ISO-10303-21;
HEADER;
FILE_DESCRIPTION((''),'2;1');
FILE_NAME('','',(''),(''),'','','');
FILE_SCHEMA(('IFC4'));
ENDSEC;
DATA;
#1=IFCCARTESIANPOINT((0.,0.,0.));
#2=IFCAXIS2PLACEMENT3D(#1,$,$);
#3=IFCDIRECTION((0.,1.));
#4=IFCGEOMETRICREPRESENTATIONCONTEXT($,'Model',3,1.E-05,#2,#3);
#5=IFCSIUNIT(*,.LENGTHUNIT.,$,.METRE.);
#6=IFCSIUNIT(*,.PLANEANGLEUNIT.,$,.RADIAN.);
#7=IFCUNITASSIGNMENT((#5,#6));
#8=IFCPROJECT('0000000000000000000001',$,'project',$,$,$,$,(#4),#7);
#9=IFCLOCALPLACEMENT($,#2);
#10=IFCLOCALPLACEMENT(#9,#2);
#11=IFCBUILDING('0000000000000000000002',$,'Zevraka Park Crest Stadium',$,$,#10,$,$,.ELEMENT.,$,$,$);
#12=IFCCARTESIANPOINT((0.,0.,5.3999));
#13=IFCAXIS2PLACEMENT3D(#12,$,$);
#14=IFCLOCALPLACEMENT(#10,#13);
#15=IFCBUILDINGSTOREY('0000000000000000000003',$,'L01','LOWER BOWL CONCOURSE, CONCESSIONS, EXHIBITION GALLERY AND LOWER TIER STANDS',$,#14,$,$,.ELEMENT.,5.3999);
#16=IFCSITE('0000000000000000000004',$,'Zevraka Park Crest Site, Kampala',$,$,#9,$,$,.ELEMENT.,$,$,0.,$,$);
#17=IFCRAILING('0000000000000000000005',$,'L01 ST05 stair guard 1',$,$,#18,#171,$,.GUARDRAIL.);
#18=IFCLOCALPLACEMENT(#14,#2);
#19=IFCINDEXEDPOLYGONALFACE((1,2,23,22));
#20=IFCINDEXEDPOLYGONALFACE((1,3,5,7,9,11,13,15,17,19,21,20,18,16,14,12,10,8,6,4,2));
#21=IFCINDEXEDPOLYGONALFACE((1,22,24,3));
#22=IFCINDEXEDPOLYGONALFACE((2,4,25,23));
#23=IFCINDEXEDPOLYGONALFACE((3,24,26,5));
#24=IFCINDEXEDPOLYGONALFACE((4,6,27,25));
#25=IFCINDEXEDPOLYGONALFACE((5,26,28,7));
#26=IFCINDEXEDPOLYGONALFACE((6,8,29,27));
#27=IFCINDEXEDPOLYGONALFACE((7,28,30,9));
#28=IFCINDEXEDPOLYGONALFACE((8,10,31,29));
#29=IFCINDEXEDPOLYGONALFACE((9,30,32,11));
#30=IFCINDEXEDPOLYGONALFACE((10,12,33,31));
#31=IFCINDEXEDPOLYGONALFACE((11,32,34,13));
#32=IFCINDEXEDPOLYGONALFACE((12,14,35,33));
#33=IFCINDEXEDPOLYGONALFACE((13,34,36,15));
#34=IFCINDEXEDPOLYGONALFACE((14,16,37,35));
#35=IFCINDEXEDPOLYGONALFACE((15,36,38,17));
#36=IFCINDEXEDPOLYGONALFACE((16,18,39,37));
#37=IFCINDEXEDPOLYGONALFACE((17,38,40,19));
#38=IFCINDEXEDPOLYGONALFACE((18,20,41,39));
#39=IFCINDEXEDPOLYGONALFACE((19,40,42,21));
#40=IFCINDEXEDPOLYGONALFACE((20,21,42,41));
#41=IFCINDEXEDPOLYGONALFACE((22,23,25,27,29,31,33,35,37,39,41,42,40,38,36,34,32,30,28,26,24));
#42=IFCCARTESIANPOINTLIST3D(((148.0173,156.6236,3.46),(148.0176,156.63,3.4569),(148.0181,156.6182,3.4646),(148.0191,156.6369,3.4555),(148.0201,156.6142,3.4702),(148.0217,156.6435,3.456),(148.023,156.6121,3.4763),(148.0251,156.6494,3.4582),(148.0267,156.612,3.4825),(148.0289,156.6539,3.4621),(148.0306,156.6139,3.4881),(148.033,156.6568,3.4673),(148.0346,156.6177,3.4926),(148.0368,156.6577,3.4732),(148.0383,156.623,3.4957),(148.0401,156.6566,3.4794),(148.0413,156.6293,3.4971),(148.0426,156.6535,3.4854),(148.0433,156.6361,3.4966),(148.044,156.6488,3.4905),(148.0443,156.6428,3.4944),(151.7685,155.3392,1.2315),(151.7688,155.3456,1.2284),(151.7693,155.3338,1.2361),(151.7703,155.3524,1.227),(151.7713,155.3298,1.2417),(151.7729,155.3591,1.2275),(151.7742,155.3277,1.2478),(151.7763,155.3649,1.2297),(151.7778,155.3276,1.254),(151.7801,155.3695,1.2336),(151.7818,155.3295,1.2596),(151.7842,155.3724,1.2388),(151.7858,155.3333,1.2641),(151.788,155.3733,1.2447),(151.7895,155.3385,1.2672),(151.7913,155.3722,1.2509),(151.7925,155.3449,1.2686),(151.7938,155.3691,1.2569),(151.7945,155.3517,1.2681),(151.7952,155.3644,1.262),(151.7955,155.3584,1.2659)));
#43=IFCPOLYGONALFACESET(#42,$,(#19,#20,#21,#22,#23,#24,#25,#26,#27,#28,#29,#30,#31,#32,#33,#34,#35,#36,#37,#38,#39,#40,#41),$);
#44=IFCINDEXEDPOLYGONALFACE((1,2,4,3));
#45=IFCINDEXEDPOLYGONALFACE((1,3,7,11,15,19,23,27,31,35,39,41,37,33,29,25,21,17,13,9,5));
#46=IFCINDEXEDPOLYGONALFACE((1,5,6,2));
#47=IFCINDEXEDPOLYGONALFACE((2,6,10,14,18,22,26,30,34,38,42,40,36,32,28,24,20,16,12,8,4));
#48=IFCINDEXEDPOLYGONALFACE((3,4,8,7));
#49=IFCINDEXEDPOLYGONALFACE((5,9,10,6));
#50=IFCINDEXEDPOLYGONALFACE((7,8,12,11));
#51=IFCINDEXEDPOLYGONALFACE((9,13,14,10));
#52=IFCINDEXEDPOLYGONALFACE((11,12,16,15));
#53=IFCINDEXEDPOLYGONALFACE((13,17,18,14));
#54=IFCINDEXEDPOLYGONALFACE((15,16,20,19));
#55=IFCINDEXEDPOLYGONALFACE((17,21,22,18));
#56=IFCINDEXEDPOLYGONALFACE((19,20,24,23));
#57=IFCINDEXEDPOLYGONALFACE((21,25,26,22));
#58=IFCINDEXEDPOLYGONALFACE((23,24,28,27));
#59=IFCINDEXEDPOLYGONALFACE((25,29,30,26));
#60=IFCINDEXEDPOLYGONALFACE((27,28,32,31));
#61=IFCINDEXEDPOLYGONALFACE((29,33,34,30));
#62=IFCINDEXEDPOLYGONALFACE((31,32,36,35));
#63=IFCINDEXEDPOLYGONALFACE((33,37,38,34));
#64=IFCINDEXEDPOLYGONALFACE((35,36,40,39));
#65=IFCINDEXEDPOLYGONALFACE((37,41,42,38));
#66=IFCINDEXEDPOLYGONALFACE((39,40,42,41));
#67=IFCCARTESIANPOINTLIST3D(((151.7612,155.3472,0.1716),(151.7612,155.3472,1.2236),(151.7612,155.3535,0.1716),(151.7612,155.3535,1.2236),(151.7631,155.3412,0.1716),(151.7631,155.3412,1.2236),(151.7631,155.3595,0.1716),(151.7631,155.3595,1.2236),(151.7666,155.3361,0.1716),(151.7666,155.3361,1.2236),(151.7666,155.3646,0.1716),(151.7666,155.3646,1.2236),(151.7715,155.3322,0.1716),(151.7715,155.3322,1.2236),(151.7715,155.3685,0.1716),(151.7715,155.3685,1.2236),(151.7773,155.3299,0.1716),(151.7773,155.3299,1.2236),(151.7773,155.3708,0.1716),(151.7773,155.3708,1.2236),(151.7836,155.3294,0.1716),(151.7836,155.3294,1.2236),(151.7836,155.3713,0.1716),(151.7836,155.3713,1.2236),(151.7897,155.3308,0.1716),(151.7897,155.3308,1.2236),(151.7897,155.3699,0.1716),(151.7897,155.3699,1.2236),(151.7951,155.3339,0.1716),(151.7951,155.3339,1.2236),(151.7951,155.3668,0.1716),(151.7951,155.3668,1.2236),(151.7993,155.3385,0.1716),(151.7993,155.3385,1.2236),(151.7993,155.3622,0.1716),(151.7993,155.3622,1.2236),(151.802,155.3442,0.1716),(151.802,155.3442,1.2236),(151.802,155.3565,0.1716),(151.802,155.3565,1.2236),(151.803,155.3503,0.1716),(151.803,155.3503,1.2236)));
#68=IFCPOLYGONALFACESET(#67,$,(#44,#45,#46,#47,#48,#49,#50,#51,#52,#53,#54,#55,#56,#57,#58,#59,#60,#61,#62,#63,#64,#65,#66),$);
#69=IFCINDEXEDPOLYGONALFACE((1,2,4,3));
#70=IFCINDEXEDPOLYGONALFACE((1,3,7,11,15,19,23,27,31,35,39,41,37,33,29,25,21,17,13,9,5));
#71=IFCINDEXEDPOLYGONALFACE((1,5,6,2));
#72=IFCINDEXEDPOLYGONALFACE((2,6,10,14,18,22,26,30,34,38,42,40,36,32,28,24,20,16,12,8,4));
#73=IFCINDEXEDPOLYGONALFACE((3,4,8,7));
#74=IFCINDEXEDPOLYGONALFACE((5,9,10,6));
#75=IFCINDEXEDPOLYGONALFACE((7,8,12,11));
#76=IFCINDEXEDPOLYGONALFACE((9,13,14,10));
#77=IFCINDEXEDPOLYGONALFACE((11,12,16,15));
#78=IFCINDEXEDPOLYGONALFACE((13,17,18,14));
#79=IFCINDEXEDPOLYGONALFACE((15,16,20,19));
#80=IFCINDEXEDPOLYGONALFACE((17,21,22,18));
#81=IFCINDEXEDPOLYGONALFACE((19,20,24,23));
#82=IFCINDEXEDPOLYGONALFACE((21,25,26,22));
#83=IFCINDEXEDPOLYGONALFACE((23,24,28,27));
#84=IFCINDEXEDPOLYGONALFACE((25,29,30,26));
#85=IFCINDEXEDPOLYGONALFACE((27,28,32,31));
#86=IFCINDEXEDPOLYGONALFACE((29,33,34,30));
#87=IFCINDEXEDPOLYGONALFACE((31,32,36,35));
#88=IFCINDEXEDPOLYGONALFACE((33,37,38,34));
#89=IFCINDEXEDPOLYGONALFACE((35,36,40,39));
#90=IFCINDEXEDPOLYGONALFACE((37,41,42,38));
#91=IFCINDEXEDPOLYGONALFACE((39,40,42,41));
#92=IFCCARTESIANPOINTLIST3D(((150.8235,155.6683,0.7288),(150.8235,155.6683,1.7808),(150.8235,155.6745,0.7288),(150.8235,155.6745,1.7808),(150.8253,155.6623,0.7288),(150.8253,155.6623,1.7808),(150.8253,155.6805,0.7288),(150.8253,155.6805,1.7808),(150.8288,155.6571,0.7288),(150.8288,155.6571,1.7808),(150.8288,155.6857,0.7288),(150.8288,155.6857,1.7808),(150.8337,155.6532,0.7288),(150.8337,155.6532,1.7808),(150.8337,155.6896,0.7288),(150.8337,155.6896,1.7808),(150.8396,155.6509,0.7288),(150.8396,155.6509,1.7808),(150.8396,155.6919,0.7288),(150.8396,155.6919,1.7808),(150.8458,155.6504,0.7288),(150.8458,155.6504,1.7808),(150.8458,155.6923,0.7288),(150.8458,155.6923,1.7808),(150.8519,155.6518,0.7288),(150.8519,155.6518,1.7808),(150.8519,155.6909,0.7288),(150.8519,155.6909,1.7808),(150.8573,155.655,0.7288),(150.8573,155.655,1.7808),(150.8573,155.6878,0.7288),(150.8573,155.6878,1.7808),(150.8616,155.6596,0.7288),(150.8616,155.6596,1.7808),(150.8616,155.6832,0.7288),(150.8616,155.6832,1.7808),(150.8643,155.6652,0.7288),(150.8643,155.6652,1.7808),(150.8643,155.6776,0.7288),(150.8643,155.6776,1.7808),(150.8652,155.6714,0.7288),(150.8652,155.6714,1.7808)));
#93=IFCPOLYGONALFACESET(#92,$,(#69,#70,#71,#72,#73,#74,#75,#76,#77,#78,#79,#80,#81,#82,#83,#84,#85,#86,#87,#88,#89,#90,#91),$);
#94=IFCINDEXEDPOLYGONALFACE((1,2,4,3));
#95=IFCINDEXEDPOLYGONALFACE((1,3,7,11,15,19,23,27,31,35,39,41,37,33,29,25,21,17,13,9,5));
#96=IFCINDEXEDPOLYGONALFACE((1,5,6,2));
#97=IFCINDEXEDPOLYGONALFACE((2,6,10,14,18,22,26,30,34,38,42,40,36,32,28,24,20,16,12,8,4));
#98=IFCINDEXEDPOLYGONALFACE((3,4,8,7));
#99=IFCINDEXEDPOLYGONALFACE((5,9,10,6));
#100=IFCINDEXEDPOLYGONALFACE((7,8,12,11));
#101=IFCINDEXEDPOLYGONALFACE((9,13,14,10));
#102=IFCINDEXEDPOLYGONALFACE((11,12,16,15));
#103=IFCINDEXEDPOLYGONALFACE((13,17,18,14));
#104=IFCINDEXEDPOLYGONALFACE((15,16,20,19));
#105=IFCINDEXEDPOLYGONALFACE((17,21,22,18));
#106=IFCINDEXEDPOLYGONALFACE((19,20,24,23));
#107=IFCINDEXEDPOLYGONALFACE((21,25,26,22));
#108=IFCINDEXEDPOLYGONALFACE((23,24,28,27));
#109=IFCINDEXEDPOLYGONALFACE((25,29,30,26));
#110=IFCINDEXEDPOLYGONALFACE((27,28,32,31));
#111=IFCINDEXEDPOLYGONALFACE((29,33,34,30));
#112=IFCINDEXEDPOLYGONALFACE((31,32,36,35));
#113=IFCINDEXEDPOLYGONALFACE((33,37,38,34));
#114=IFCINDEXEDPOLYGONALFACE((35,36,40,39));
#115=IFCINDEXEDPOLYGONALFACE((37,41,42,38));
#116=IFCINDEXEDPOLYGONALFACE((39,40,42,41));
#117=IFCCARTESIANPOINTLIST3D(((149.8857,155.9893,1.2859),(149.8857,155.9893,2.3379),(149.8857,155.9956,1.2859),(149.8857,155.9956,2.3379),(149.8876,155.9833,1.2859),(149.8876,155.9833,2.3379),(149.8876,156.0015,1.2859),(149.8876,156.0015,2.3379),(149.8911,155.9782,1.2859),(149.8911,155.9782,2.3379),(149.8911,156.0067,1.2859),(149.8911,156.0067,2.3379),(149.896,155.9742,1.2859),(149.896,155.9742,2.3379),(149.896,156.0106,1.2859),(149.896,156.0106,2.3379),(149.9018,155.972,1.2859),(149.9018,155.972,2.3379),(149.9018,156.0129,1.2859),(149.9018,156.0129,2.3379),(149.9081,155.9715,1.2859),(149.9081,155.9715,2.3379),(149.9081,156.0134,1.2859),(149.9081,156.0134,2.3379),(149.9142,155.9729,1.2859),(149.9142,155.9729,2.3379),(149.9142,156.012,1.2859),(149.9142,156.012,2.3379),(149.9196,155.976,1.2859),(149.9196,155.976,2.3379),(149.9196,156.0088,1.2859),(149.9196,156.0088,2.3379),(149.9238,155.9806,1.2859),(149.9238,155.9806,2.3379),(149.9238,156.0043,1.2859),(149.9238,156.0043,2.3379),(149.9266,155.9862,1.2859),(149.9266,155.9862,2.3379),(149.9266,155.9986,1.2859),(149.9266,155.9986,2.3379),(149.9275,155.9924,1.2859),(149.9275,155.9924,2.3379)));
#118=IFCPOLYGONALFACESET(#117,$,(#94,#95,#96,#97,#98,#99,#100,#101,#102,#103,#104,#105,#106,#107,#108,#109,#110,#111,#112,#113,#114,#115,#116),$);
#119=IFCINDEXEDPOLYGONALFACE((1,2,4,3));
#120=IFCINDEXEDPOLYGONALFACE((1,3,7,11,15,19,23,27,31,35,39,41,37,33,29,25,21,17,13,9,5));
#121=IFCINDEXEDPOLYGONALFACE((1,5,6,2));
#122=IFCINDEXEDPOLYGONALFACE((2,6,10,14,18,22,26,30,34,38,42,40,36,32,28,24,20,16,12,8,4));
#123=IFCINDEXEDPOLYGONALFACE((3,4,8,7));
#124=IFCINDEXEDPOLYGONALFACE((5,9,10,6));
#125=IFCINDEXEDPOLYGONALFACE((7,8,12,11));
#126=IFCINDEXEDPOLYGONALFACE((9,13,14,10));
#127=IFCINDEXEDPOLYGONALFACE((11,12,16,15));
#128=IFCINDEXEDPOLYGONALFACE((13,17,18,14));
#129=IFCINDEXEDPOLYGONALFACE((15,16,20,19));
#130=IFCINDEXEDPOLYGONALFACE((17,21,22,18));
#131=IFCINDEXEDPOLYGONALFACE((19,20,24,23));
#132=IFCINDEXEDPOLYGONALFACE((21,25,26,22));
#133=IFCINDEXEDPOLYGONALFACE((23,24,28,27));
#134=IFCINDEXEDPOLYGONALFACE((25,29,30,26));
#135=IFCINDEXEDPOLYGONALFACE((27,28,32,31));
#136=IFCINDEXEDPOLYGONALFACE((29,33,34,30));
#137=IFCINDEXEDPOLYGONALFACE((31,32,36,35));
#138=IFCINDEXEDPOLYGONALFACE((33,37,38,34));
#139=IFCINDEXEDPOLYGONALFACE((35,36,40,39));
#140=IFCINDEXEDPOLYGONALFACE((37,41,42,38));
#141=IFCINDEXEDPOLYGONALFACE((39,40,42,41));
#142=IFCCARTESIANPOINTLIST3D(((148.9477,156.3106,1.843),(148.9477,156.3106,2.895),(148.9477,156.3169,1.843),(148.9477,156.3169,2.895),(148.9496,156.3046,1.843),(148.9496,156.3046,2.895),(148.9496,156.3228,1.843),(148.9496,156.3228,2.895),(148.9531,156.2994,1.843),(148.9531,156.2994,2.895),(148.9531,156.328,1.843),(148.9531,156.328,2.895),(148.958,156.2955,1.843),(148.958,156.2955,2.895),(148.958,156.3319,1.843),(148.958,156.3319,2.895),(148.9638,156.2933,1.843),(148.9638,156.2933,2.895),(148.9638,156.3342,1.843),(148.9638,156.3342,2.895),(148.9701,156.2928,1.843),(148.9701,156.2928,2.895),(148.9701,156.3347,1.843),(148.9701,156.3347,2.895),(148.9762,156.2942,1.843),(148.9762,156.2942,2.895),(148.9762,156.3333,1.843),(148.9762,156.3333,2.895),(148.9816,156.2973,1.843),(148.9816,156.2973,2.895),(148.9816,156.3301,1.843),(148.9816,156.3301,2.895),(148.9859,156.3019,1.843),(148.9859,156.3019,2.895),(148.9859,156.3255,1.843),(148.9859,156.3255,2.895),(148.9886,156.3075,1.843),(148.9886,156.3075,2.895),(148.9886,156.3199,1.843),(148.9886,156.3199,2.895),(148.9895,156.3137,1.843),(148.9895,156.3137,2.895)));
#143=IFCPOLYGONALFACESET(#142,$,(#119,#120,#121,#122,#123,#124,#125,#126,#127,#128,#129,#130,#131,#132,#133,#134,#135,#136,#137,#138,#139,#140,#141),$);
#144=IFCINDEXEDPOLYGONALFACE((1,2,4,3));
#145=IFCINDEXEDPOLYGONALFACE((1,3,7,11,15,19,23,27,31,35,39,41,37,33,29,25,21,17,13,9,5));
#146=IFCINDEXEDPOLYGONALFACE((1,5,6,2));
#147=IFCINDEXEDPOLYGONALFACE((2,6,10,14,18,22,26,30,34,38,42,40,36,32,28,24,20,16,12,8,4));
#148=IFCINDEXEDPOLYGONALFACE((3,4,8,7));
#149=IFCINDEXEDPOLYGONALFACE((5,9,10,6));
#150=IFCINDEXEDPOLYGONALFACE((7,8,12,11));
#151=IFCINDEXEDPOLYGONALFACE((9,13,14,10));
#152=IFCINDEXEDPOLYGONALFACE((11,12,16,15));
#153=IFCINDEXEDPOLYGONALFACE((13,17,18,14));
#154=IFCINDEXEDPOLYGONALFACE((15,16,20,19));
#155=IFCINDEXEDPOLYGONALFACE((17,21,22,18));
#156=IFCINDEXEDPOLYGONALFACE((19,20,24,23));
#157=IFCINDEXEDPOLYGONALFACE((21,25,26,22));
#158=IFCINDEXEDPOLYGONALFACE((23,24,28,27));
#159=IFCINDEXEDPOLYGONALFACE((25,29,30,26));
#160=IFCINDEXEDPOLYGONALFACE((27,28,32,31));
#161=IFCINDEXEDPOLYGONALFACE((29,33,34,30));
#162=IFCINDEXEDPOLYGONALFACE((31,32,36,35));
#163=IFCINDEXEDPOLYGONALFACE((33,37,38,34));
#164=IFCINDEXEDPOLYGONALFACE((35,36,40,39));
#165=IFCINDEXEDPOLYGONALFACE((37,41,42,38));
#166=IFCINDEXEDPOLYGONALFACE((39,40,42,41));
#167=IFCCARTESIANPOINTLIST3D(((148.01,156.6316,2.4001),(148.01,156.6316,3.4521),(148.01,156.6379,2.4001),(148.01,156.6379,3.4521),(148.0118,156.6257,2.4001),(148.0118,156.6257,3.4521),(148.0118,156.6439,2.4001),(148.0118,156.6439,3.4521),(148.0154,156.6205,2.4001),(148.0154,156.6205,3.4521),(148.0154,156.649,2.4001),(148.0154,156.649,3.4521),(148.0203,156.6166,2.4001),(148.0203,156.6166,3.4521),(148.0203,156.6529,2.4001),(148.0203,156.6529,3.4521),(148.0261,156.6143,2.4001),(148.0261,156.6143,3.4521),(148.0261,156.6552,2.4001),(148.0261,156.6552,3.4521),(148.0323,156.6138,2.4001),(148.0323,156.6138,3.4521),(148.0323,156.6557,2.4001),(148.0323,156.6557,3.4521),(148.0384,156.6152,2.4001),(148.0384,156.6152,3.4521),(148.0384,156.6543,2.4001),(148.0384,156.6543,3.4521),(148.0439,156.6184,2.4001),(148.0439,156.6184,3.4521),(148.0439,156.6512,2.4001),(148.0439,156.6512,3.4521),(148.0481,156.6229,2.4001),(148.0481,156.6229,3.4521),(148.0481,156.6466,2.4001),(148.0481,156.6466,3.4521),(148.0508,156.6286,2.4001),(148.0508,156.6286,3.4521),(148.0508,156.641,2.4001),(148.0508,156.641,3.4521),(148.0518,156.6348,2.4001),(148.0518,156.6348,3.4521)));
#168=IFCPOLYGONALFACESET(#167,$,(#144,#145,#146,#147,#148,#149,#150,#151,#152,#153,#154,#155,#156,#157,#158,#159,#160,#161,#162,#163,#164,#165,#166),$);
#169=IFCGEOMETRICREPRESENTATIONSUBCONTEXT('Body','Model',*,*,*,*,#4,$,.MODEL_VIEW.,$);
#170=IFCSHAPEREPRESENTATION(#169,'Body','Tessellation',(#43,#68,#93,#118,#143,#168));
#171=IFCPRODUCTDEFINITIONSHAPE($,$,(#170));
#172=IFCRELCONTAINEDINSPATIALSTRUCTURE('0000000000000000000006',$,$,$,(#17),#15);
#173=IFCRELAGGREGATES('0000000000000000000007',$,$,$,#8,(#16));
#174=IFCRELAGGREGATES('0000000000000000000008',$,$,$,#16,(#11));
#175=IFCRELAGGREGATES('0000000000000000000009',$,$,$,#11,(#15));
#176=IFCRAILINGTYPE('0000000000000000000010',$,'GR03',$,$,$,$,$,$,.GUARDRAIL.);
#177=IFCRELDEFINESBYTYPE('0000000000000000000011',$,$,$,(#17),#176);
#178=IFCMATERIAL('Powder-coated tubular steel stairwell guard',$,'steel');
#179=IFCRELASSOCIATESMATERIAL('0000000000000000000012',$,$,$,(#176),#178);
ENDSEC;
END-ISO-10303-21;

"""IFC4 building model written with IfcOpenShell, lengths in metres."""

from ifc_helpers import new_model, si_unit, direction, frame, origin, origin_2d, place, context, subcontext, project, spatial, circle, extrude, material, type_object, element, save


model = new_model("IFC4")

# Units and contexts
model_context = context("Model", 3, precision=1e-05, world=origin(), true_north=direction((0.0, 1.0)))
body_context = subcontext(model_context, "Body", "Model", "MODEL_VIEW")
ifc_project = project(units=[si_unit("LENGTHUNIT", "METRE"), si_unit("PLANEANGLEUNIT", "RADIAN")], contexts=[model_context])

# Site, building, storey
site_placement = place(None, origin())
site = spatial("IfcSite", under=ifc_project, at=site_placement, Name="Zevraka Park Crest Site, Kampala", CompositionType="ELEMENT", RefElevation=0.0)
building_placement = place(site_placement, origin())
building = spatial("IfcBuilding", under=site, at=building_placement, Name="Zevraka Park Crest Stadium", CompositionType="ELEMENT")
storey_placement = place(building_placement, frame((0.0, 0.0, 5.3999)))
storey = spatial("IfcBuildingStorey", under=building, at=storey_placement, Name="L01", Description="LOWER BOWL CONCOURSE, CONCESSIONS, EXHIBITION GALLERY AND LOWER TIER STANDS", CompositionType="ELEMENT", Elevation=5.3999)

# Railing
ifc_material_1 = material(Name="Powder-coated tubular steel stairwell guard", Category="steel")
railing_type_1 = type_object("IfcRailingType", Name="GR03", PredefinedType="GUARDRAIL", material=ifc_material_1)
railing_1_placement = place(storey_placement, frame((151.782, 155.3503, 0.1716)))
element("IfcRailing", 1, at=railing_1_placement, inside=storey, type_object=railing_type_1, Name="L01 ST05 stair guard 1", PredefinedType="GUARDRAIL", context=body_context, shape_type="SweptSolid", body=[
    extrude(circle(Radius=0.0239, at=origin_2d()), frame((0.0, 0.0, 1.0762), z_axis=(-0.824739, 0.282392, 0.489959), x_axis=(-0.323939, -0.946078, 0.0)), (0.0, 0.0, 1.0), 4.5483),
    extrude(circle(Radius=0.021, at=origin_2d()), origin(), (0.0, 0.0, 1.0), 1.052),
    extrude(circle(Radius=0.021, at=origin_2d()), frame((-0.9377, 0.321, 0.5571)), (0.0, 0.0, 1.0), 1.052),
    extrude(circle(Radius=0.021, at=origin_2d()), frame((-1.8755, 0.6421, 1.1143)), (0.0, 0.0, 1.0), 1.052),
    extrude(circle(Radius=0.021, at=origin_2d()), frame((-2.8135, 0.9634, 1.6714)), (0.0, 0.0, 1.0), 1.052),
    extrude(circle(Radius=0.021, at=origin_2d()), frame((-3.7512, 1.2844, 2.2285)), (0.0, 0.0, 1.0), 1.052),
])

save(model, "model.ifc")
